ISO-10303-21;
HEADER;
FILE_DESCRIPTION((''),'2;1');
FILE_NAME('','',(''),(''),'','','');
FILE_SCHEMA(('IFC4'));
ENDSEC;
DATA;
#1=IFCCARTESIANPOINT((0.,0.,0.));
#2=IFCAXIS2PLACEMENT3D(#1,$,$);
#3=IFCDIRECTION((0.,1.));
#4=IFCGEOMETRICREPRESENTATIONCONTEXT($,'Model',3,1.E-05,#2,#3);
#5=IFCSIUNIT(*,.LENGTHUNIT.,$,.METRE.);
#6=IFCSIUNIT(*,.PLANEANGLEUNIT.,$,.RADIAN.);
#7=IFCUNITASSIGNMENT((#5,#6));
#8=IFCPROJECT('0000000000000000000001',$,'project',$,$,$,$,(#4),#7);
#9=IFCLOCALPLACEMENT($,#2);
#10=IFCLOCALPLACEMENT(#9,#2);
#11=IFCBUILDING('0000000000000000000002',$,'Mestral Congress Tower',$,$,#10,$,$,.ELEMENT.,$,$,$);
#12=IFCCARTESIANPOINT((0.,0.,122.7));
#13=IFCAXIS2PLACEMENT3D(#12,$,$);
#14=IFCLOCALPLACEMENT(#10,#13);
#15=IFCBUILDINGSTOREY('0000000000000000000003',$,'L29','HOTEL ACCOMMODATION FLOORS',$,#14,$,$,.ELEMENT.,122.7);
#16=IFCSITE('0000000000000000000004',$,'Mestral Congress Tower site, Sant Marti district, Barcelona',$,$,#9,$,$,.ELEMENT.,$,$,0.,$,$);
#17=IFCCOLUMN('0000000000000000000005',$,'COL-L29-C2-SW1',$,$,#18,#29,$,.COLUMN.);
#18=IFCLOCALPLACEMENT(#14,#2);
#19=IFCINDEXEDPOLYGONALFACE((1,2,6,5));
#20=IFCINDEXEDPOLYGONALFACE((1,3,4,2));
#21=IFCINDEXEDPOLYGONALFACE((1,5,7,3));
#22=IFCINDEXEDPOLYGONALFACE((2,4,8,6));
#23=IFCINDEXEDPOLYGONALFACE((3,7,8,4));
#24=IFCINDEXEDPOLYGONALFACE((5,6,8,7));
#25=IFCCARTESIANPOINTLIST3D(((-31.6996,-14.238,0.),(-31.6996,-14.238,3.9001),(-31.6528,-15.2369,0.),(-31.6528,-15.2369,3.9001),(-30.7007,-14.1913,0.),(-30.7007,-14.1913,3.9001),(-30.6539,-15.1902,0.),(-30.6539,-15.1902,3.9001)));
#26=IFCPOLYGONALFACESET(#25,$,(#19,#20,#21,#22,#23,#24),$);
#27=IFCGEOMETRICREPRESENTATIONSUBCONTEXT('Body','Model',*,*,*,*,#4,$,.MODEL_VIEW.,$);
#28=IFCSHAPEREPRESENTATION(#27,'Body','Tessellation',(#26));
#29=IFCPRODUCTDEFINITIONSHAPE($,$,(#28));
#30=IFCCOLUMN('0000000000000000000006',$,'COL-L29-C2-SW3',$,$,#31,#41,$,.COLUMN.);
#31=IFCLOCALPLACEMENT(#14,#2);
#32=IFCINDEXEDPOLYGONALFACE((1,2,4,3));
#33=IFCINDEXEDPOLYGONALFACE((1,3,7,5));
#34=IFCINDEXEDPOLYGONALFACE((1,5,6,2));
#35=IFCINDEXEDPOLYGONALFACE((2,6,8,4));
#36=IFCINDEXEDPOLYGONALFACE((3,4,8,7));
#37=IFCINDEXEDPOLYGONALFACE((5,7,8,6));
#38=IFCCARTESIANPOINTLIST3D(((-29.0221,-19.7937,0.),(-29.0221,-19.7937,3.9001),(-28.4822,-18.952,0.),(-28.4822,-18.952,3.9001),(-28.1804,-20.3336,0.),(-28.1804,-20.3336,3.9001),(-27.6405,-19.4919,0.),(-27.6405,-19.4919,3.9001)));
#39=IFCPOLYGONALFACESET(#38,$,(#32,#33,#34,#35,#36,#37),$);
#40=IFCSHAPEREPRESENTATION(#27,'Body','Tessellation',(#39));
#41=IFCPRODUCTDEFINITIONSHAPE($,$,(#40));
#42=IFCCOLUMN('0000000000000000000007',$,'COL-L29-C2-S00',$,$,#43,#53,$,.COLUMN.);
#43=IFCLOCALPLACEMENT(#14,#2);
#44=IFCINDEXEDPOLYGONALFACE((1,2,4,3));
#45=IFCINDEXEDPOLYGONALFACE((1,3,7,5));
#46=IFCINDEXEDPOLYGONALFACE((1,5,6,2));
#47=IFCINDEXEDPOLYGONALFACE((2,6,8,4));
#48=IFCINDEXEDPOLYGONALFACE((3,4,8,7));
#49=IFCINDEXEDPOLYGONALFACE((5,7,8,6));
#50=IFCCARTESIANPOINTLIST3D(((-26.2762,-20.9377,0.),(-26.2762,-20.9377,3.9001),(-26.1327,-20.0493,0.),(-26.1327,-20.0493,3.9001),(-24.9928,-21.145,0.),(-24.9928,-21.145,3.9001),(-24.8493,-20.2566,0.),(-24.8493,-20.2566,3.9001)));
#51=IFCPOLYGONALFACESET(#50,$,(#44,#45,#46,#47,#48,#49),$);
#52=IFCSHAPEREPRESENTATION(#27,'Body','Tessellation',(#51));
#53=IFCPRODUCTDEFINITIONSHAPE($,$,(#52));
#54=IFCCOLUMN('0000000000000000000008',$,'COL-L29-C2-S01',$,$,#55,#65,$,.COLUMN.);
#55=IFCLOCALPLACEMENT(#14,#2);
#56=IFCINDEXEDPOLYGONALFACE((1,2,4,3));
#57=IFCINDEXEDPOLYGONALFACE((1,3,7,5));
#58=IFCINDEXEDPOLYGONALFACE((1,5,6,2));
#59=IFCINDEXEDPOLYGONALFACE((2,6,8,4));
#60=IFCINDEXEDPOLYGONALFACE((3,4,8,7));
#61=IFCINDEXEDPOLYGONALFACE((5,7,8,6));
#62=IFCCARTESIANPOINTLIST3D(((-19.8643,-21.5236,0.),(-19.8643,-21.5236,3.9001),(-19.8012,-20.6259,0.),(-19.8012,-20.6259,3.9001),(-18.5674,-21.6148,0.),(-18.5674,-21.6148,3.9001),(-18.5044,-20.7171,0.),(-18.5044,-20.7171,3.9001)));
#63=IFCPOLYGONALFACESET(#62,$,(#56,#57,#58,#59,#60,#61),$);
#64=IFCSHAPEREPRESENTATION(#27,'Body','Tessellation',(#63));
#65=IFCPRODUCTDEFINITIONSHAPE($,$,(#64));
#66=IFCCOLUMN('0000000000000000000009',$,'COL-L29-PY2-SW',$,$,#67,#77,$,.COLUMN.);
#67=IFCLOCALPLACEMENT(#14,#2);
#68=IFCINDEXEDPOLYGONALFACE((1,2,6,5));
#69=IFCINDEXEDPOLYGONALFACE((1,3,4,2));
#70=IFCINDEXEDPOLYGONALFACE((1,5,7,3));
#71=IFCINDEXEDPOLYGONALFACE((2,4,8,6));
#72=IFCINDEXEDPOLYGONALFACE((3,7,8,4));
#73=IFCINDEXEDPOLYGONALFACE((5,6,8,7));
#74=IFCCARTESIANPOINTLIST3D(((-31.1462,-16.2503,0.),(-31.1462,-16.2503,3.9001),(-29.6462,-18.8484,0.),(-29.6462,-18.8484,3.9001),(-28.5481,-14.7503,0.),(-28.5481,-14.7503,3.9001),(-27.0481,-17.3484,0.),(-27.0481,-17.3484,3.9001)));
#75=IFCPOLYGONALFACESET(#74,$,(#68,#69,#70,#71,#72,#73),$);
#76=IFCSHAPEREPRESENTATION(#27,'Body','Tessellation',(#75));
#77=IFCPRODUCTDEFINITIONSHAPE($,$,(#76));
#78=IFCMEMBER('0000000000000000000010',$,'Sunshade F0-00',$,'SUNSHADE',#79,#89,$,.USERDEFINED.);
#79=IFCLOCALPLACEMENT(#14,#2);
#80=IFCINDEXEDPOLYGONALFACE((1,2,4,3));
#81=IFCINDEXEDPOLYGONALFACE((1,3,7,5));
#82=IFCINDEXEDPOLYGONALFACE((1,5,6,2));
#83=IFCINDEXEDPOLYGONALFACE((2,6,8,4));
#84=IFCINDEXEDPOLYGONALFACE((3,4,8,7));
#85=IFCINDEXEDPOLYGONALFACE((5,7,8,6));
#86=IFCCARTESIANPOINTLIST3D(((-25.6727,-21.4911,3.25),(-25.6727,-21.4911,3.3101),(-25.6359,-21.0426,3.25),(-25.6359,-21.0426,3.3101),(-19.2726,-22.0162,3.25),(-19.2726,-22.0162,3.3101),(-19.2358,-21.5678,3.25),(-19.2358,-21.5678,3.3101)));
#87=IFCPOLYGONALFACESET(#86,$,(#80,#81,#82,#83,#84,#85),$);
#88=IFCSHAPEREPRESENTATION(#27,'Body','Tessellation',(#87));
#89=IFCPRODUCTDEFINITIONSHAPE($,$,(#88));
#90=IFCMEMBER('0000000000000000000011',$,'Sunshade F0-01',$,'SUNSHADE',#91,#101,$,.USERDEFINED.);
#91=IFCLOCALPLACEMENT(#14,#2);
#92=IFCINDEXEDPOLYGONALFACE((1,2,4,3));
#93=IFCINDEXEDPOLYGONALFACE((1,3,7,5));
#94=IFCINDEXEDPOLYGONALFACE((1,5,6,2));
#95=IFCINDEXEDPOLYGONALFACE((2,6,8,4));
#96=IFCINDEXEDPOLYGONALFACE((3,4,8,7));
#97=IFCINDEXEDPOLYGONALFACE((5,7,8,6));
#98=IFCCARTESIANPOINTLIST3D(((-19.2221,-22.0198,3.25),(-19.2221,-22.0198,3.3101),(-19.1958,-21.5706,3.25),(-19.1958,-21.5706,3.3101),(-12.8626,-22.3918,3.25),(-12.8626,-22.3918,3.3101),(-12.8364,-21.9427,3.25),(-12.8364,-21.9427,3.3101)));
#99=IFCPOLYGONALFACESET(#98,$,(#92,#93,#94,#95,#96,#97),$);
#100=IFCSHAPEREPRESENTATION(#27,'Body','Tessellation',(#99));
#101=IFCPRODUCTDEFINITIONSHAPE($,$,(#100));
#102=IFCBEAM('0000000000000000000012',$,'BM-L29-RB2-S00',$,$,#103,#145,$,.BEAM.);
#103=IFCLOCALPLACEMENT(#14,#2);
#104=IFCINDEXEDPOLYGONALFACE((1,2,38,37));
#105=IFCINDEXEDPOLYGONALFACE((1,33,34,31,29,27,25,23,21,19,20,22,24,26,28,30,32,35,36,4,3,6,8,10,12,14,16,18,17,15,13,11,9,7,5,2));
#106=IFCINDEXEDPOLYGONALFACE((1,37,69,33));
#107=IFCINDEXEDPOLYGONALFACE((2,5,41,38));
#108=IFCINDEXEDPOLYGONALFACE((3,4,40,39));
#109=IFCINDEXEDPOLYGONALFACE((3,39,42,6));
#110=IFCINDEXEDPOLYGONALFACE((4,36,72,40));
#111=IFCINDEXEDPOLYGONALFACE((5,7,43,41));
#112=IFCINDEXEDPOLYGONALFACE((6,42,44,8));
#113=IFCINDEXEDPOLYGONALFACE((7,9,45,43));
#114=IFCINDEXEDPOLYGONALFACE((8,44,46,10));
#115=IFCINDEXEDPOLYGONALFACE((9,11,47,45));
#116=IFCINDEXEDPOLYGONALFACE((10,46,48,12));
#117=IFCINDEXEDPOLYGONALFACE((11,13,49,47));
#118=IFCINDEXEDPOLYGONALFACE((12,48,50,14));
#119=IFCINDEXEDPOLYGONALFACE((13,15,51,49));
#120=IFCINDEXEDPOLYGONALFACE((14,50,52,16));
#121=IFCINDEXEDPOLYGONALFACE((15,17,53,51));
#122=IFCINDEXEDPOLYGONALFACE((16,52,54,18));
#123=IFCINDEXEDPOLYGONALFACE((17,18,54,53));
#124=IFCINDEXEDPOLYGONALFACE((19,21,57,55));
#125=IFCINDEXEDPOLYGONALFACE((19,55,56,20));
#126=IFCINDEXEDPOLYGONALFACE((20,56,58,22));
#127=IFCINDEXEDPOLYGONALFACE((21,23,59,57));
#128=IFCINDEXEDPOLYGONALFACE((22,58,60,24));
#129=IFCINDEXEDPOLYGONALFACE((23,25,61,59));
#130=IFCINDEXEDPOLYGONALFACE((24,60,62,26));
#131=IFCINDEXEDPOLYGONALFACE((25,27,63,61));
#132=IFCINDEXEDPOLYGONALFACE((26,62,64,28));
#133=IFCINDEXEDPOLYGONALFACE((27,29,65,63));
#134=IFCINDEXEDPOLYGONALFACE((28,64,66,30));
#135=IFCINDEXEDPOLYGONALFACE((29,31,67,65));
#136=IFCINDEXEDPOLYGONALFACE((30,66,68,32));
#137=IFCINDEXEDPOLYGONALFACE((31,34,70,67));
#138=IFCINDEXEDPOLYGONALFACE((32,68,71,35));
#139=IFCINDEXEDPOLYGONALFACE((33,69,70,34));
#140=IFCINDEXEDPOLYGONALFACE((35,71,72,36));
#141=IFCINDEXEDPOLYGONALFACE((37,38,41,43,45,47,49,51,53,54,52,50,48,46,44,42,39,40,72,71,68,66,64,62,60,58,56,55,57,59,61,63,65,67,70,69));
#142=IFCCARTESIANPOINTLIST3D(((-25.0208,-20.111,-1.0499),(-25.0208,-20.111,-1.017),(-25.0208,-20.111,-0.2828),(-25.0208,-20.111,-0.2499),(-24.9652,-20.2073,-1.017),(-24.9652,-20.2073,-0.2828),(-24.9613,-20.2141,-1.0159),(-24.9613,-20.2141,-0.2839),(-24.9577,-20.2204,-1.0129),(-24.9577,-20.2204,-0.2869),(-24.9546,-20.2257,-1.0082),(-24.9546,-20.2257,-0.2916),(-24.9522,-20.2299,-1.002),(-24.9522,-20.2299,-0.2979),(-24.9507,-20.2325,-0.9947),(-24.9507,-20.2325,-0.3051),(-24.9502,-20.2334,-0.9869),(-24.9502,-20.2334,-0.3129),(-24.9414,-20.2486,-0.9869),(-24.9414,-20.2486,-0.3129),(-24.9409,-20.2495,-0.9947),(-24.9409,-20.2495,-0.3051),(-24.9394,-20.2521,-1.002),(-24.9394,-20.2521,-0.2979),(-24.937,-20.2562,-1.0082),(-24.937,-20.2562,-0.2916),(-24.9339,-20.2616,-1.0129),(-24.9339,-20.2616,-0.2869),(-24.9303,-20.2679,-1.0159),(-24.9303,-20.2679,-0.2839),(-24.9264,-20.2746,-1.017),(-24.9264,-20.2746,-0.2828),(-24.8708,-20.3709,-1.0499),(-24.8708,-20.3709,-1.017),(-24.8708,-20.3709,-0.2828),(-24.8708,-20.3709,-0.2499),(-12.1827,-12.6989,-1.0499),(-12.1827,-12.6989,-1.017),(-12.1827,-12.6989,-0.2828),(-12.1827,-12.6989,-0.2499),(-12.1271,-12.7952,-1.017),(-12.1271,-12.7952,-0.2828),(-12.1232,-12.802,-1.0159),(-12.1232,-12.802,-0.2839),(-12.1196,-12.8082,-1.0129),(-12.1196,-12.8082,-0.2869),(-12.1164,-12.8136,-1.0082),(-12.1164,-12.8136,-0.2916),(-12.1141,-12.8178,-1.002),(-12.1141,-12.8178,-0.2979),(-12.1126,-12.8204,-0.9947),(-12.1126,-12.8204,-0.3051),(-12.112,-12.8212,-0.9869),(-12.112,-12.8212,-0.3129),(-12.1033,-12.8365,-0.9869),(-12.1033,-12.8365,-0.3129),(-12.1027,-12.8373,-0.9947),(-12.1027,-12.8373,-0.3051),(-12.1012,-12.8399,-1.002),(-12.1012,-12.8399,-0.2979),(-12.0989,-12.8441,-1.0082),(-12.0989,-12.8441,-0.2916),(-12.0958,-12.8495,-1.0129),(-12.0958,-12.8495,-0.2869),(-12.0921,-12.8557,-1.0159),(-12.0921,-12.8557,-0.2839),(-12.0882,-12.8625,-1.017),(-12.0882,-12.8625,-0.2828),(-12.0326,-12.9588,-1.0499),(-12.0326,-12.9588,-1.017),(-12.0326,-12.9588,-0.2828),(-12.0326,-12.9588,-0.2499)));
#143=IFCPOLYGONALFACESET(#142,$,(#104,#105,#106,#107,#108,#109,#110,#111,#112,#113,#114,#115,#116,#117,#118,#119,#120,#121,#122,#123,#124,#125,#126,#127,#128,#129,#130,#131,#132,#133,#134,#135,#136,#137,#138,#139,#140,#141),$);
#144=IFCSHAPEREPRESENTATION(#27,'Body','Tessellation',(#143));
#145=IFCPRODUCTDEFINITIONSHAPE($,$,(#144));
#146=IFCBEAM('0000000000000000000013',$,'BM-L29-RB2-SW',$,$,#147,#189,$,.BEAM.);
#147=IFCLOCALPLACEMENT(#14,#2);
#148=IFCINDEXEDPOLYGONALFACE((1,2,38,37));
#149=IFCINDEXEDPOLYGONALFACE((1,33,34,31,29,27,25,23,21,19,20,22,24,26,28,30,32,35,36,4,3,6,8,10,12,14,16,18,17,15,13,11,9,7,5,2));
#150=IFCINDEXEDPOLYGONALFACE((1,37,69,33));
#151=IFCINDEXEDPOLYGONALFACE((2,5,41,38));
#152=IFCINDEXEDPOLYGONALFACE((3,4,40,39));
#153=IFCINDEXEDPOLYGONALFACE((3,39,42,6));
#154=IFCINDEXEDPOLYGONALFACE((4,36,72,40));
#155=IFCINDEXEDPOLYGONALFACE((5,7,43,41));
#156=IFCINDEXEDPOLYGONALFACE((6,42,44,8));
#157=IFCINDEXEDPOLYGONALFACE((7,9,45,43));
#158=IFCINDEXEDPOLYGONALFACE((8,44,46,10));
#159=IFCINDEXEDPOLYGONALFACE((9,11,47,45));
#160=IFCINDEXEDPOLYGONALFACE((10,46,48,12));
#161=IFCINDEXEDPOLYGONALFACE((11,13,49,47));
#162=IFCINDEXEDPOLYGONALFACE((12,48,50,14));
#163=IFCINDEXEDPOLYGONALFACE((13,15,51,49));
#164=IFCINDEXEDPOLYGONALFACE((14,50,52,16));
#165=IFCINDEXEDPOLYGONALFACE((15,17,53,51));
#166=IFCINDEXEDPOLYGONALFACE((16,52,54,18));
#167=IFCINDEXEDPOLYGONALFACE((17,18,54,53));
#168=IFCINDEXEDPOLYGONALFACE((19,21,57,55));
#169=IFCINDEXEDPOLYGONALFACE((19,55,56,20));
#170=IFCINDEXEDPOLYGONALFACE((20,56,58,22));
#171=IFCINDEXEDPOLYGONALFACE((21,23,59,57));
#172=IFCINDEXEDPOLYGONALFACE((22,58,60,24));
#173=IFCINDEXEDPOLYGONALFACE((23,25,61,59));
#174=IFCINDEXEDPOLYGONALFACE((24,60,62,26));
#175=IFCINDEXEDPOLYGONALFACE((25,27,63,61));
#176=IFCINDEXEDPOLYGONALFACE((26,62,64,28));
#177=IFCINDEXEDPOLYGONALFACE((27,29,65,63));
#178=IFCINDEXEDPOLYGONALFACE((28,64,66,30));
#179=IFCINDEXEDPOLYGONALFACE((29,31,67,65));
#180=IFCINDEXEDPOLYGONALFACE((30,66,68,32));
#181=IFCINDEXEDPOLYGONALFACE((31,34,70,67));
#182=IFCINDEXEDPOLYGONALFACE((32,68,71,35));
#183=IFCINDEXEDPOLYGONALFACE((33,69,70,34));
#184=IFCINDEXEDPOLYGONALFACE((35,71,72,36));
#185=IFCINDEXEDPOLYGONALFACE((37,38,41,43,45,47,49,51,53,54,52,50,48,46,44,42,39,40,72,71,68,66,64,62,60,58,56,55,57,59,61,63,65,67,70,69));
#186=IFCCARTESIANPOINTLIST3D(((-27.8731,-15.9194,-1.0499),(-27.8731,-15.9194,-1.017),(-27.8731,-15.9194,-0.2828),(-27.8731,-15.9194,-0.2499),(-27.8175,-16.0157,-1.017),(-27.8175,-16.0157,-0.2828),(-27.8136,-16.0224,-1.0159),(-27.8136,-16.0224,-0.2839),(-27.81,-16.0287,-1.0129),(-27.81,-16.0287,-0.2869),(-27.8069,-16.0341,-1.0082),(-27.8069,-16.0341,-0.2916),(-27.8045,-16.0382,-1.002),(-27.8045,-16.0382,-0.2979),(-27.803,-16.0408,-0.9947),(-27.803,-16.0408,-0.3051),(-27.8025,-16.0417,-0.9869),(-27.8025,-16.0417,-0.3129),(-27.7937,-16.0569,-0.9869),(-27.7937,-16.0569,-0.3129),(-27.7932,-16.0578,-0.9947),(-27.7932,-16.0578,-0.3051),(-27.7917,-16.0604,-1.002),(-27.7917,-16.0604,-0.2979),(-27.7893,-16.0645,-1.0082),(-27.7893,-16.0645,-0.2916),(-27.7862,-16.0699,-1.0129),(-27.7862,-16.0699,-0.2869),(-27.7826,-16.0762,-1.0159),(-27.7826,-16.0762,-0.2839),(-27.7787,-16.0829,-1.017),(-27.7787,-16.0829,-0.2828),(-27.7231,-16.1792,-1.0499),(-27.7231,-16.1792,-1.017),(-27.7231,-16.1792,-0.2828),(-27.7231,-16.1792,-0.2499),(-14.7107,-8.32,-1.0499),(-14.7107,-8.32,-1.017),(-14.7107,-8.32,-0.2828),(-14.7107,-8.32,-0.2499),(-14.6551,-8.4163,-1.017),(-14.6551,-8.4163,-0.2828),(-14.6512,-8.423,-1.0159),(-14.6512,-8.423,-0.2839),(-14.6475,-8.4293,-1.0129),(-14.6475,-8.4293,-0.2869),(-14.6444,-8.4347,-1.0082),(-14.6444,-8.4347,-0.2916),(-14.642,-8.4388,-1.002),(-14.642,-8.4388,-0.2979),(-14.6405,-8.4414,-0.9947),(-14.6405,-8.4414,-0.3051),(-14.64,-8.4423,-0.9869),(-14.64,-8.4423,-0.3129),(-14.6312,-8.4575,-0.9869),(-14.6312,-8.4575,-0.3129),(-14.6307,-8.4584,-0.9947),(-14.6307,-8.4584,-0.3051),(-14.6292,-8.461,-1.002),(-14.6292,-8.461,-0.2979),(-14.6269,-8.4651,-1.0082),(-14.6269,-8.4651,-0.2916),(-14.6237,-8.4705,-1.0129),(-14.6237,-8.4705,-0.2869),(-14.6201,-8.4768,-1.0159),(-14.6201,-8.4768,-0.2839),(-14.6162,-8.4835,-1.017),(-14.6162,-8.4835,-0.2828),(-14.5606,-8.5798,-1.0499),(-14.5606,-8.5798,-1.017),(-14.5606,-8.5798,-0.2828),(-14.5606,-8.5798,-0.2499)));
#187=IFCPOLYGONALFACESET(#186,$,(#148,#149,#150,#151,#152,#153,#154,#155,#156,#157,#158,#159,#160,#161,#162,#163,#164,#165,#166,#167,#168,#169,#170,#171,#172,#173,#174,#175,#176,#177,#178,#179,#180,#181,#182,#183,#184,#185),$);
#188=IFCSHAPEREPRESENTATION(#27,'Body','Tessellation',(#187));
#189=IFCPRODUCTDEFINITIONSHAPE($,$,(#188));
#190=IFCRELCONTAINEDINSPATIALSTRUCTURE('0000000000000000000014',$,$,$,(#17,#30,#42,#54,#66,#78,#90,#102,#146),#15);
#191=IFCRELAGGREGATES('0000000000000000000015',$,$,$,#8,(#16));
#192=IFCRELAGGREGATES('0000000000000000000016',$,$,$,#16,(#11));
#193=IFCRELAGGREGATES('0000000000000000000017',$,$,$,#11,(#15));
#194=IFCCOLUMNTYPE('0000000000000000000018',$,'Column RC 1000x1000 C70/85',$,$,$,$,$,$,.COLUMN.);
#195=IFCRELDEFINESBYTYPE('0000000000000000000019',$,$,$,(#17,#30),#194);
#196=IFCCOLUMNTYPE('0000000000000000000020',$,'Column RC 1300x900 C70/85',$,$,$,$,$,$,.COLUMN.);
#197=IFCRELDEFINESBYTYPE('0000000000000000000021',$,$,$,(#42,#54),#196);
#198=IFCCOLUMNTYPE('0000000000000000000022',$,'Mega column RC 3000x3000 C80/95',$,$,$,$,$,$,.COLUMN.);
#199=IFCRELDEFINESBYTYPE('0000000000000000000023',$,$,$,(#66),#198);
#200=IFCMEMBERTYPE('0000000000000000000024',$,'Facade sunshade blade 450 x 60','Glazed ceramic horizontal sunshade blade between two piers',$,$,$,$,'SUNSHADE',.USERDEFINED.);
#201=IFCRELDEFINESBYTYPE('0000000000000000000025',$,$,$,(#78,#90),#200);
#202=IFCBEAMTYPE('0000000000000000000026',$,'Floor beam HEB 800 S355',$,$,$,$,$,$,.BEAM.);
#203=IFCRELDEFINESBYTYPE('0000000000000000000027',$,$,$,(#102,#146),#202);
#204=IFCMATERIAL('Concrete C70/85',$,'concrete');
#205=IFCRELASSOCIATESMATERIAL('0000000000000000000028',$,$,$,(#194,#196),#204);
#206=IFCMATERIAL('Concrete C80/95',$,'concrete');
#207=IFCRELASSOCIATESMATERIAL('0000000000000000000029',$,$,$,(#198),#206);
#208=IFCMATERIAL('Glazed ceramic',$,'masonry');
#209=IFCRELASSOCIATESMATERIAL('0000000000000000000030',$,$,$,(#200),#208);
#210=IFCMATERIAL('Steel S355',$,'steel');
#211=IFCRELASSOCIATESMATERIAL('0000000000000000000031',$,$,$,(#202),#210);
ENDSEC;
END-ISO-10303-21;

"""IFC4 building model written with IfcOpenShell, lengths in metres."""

from ifc_helpers import new_model, si_unit, direction, frame, origin, origin_2d, place, context, subcontext, project, spatial, rectangle, i_section, extrude, material, material_profile, profile_set, type_object, element, save


model = new_model("IFC4")

# Units and contexts
model_context = context("Model", 3, precision=1e-05, world=origin(), true_north=direction((0.0, 1.0)))
body_context = subcontext(model_context, "Body", "Model", "MODEL_VIEW")
ifc_project = project(units=[si_unit("LENGTHUNIT", "METRE"), si_unit("PLANEANGLEUNIT", "RADIAN")], contexts=[model_context])

# Site, building, storey
site_placement = place(None, origin())
site = spatial("IfcSite", under=ifc_project, at=site_placement, Name="Mestral Congress Tower site, Sant Marti district, Barcelona", CompositionType="ELEMENT", RefElevation=0.0)
building_placement = place(site_placement, origin())
building = spatial("IfcBuilding", under=site, at=building_placement, Name="Mestral Congress Tower", CompositionType="ELEMENT")
storey_placement = place(building_placement, frame((0.0, 0.0, 122.7)))
storey = spatial("IfcBuildingStorey", under=building, at=storey_placement, Name="L29", Description="HOTEL ACCOMMODATION FLOORS", CompositionType="ELEMENT", Elevation=122.7)

# Columns
ifc_material_1 = material(Name="Concrete C70/85", Category="concrete")
ifc_material_profile_1 = material_profile(ifc_material_1, rectangle(XDim=1.0, YDim=1.0, at=origin_2d()), Name="RC 1000x1000")
ifc_profile_set_1 = profile_set([ifc_material_profile_1], Name="Concrete C70/85")
column_type_1 = type_object("IfcColumnType", Name="Column RC 1000x1000 C70/85", PredefinedType="COLUMN", material=ifc_profile_set_1)
for number, where, z_axis, x_axis, name in (
    (1, (-31.1768, -14.7141, 0.0), (0.0, 0.0, 1.0), (0.046756, -0.998906, 0.0), "COL-L29-C2-SW1"),
    (2, (-28.3313, -19.6428, 0.0), (0.0, 0.0, 1.0), (0.8417, -0.539945, 0.0), "COL-L29-C2-SW3"),
):
    element("IfcColumn", number, at=place(storey_placement, frame(where, z_axis=z_axis, x_axis=x_axis)), inside=storey, type_object=column_type_1, Name=name, PredefinedType="COLUMN", context=body_context, shape_type="SweptSolid", body=[
        extrude(rectangle(XDim=1.0, YDim=1.0, at=origin_2d()), origin(), (0.0, 0.0, 1.0), 3.9001),
    ])
ifc_material_profile_2 = material_profile(ifc_material_1, rectangle(XDim=1.3, YDim=0.8999, at=origin_2d()), Name="RC 1300x900")
ifc_profile_set_2 = profile_set([ifc_material_profile_2], Name="Concrete C70/85")
column_type_2 = type_object("IfcColumnType", Name="Column RC 1300x900 C70/85", PredefinedType="COLUMN", material=ifc_profile_set_2)
for number, where, z_axis, x_axis, name in (
    (3, (-25.5627, -20.5972, 0.0), (0.0, 0.0, 1.0), (0.987202, -0.159473, 0.0), "COL-L29-C2-S00"),
    (4, (-19.1843, -21.1204, 0.0), (0.0, 0.0, 1.0), (0.99754, -0.070101, 0.0), "COL-L29-C2-S01"),
):
    element("IfcColumn", number, at=place(storey_placement, frame(where, z_axis=z_axis, x_axis=x_axis)), inside=storey, type_object=column_type_2, Name=name, PredefinedType="COLUMN", context=body_context, shape_type="SweptSolid", body=[
        extrude(rectangle(XDim=1.3, YDim=0.8999, at=origin_2d()), origin(), (0.0, 0.0, 1.0), 3.9001),
    ])
ifc_material_2 = material(Name="Concrete C80/95", Category="concrete")
ifc_material_profile_3 = material_profile(ifc_material_2, rectangle(XDim=3.0, YDim=3.0, at=origin_2d()), Name="RC 3000x3000")
ifc_profile_set_3 = profile_set([ifc_material_profile_3], Name="Concrete C80/95")
column_type_3 = type_object("IfcColumnType", Name="Mega column RC 3000x3000 C80/95", PredefinedType="COLUMN", material=ifc_profile_set_3)
column_placement = place(storey_placement, frame((-29.0972, -16.7993, 0.0), z_axis=(0.0, 0.0, 1.0), x_axis=(-0.866025, -0.5, 0.0)))
element("IfcColumn", 5, at=column_placement, inside=storey, type_object=column_type_3, Name="COL-L29-PY2-SW", PredefinedType="COLUMN", context=body_context, shape_type="SweptSolid", body=[
    extrude(rectangle(XDim=3.0, YDim=3.0, at=origin_2d()), origin(), (0.0, 0.0, 1.0), 3.9001),
])

# Members
ifc_material_3 = material(Name="Glazed ceramic", Category="masonry")
ifc_material_profile_4 = material_profile(ifc_material_3, rectangle(XDim=0.45, YDim=0.0601, at=origin_2d()), Name="Ceramic blade 450 x 60")
ifc_profile_set_4 = profile_set([ifc_material_profile_4], Name="Glazed ceramic")
member_type = type_object("IfcMemberType", Name="Facade sunshade blade 450 x 60", Description="Glazed ceramic horizontal sunshade blade between two piers", ElementType="SUNSHADE", PredefinedType="USERDEFINED", material=ifc_profile_set_4)
member_1_placement = place(storey_placement, frame((-25.6543, -21.2668, 3.28), z_axis=(0.996651, -0.081777, 0.0), x_axis=(0.081777, 0.996651, 0.0)))
element("IfcMember", 6, at=member_1_placement, inside=storey, type_object=member_type, Name="Sunshade F0-00", ObjectType="SUNSHADE", PredefinedType="USERDEFINED", context=body_context, shape_type="SweptSolid", body=[
    extrude(rectangle(XDim=0.45, YDim=0.0601, at=origin_2d()), origin(), (0.0, 0.0, 1.0), 6.4216),
])
member_2_placement = place(storey_placement, frame((-19.209, -21.7952, 3.28), z_axis=(0.998293, -0.058407, 0.0), x_axis=(0.058407, 0.998293, 0.0)))
element("IfcMember", 7, at=member_2_placement, inside=storey, type_object=member_type, Name="Sunshade F0-01", ObjectType="SUNSHADE", PredefinedType="USERDEFINED", context=body_context, shape_type="SweptSolid", body=[
    extrude(rectangle(XDim=0.45, YDim=0.0601, at=origin_2d()), origin(), (0.0, 0.0, 1.0), 6.3704),
])

# Beams
ifc_material_4 = material(Name="Steel S355", Category="steel")
ifc_material_profile_5 = material_profile(ifc_material_4, i_section(OverallWidth=0.3, OverallDepth=0.8, WebThickness=0.0176, FlangeThickness=0.033, FilletRadius=0.03, at=origin_2d()), Name="HEB 800")
ifc_profile_set_5 = profile_set([ifc_material_profile_5], Name="Steel S355")
beam_type_1 = type_object("IfcBeamType", Name="Floor beam HEB 800 S355", PredefinedType="BEAM", material=ifc_profile_set_5)
beam_1_placement = place(storey_placement, frame((-24.9458, -20.241, -0.6499), z_axis=(0.866025, 0.5, 0.0), x_axis=(-0.5, 0.866025, 0.0)))
element("IfcBeam", 8, at=beam_1_placement, inside=storey, type_object=beam_type_1, Name="BM-L29-RB2-S00", PredefinedType="BEAM", context=body_context, shape_type="SweptSolid", body=[
    extrude(i_section(OverallWidth=0.3, OverallDepth=0.8, WebThickness=0.0176, FlangeThickness=0.033, FilletRadius=0.03, at=origin_2d()), origin(), (0.0, 0.0, 1.0), 14.8242),
])
beam_2_placement = place(storey_placement, frame((-27.7981, -16.0493, -0.6499), z_axis=(0.866023, 0.500004, 0.0), x_axis=(-0.500004, 0.866023, 0.0)))
element("IfcBeam", 9, at=beam_2_placement, inside=storey, type_object=beam_type_1, Name="BM-L29-RB2-SW", PredefinedType="BEAM", context=body_context, shape_type="SweptSolid", body=[
    extrude(i_section(OverallWidth=0.3, OverallDepth=0.8, WebThickness=0.0176, FlangeThickness=0.033, FilletRadius=0.03, at=origin_2d()), origin(), (0.0, 0.0, 1.0), 15.1987),
])

save(model, "model.ifc")
